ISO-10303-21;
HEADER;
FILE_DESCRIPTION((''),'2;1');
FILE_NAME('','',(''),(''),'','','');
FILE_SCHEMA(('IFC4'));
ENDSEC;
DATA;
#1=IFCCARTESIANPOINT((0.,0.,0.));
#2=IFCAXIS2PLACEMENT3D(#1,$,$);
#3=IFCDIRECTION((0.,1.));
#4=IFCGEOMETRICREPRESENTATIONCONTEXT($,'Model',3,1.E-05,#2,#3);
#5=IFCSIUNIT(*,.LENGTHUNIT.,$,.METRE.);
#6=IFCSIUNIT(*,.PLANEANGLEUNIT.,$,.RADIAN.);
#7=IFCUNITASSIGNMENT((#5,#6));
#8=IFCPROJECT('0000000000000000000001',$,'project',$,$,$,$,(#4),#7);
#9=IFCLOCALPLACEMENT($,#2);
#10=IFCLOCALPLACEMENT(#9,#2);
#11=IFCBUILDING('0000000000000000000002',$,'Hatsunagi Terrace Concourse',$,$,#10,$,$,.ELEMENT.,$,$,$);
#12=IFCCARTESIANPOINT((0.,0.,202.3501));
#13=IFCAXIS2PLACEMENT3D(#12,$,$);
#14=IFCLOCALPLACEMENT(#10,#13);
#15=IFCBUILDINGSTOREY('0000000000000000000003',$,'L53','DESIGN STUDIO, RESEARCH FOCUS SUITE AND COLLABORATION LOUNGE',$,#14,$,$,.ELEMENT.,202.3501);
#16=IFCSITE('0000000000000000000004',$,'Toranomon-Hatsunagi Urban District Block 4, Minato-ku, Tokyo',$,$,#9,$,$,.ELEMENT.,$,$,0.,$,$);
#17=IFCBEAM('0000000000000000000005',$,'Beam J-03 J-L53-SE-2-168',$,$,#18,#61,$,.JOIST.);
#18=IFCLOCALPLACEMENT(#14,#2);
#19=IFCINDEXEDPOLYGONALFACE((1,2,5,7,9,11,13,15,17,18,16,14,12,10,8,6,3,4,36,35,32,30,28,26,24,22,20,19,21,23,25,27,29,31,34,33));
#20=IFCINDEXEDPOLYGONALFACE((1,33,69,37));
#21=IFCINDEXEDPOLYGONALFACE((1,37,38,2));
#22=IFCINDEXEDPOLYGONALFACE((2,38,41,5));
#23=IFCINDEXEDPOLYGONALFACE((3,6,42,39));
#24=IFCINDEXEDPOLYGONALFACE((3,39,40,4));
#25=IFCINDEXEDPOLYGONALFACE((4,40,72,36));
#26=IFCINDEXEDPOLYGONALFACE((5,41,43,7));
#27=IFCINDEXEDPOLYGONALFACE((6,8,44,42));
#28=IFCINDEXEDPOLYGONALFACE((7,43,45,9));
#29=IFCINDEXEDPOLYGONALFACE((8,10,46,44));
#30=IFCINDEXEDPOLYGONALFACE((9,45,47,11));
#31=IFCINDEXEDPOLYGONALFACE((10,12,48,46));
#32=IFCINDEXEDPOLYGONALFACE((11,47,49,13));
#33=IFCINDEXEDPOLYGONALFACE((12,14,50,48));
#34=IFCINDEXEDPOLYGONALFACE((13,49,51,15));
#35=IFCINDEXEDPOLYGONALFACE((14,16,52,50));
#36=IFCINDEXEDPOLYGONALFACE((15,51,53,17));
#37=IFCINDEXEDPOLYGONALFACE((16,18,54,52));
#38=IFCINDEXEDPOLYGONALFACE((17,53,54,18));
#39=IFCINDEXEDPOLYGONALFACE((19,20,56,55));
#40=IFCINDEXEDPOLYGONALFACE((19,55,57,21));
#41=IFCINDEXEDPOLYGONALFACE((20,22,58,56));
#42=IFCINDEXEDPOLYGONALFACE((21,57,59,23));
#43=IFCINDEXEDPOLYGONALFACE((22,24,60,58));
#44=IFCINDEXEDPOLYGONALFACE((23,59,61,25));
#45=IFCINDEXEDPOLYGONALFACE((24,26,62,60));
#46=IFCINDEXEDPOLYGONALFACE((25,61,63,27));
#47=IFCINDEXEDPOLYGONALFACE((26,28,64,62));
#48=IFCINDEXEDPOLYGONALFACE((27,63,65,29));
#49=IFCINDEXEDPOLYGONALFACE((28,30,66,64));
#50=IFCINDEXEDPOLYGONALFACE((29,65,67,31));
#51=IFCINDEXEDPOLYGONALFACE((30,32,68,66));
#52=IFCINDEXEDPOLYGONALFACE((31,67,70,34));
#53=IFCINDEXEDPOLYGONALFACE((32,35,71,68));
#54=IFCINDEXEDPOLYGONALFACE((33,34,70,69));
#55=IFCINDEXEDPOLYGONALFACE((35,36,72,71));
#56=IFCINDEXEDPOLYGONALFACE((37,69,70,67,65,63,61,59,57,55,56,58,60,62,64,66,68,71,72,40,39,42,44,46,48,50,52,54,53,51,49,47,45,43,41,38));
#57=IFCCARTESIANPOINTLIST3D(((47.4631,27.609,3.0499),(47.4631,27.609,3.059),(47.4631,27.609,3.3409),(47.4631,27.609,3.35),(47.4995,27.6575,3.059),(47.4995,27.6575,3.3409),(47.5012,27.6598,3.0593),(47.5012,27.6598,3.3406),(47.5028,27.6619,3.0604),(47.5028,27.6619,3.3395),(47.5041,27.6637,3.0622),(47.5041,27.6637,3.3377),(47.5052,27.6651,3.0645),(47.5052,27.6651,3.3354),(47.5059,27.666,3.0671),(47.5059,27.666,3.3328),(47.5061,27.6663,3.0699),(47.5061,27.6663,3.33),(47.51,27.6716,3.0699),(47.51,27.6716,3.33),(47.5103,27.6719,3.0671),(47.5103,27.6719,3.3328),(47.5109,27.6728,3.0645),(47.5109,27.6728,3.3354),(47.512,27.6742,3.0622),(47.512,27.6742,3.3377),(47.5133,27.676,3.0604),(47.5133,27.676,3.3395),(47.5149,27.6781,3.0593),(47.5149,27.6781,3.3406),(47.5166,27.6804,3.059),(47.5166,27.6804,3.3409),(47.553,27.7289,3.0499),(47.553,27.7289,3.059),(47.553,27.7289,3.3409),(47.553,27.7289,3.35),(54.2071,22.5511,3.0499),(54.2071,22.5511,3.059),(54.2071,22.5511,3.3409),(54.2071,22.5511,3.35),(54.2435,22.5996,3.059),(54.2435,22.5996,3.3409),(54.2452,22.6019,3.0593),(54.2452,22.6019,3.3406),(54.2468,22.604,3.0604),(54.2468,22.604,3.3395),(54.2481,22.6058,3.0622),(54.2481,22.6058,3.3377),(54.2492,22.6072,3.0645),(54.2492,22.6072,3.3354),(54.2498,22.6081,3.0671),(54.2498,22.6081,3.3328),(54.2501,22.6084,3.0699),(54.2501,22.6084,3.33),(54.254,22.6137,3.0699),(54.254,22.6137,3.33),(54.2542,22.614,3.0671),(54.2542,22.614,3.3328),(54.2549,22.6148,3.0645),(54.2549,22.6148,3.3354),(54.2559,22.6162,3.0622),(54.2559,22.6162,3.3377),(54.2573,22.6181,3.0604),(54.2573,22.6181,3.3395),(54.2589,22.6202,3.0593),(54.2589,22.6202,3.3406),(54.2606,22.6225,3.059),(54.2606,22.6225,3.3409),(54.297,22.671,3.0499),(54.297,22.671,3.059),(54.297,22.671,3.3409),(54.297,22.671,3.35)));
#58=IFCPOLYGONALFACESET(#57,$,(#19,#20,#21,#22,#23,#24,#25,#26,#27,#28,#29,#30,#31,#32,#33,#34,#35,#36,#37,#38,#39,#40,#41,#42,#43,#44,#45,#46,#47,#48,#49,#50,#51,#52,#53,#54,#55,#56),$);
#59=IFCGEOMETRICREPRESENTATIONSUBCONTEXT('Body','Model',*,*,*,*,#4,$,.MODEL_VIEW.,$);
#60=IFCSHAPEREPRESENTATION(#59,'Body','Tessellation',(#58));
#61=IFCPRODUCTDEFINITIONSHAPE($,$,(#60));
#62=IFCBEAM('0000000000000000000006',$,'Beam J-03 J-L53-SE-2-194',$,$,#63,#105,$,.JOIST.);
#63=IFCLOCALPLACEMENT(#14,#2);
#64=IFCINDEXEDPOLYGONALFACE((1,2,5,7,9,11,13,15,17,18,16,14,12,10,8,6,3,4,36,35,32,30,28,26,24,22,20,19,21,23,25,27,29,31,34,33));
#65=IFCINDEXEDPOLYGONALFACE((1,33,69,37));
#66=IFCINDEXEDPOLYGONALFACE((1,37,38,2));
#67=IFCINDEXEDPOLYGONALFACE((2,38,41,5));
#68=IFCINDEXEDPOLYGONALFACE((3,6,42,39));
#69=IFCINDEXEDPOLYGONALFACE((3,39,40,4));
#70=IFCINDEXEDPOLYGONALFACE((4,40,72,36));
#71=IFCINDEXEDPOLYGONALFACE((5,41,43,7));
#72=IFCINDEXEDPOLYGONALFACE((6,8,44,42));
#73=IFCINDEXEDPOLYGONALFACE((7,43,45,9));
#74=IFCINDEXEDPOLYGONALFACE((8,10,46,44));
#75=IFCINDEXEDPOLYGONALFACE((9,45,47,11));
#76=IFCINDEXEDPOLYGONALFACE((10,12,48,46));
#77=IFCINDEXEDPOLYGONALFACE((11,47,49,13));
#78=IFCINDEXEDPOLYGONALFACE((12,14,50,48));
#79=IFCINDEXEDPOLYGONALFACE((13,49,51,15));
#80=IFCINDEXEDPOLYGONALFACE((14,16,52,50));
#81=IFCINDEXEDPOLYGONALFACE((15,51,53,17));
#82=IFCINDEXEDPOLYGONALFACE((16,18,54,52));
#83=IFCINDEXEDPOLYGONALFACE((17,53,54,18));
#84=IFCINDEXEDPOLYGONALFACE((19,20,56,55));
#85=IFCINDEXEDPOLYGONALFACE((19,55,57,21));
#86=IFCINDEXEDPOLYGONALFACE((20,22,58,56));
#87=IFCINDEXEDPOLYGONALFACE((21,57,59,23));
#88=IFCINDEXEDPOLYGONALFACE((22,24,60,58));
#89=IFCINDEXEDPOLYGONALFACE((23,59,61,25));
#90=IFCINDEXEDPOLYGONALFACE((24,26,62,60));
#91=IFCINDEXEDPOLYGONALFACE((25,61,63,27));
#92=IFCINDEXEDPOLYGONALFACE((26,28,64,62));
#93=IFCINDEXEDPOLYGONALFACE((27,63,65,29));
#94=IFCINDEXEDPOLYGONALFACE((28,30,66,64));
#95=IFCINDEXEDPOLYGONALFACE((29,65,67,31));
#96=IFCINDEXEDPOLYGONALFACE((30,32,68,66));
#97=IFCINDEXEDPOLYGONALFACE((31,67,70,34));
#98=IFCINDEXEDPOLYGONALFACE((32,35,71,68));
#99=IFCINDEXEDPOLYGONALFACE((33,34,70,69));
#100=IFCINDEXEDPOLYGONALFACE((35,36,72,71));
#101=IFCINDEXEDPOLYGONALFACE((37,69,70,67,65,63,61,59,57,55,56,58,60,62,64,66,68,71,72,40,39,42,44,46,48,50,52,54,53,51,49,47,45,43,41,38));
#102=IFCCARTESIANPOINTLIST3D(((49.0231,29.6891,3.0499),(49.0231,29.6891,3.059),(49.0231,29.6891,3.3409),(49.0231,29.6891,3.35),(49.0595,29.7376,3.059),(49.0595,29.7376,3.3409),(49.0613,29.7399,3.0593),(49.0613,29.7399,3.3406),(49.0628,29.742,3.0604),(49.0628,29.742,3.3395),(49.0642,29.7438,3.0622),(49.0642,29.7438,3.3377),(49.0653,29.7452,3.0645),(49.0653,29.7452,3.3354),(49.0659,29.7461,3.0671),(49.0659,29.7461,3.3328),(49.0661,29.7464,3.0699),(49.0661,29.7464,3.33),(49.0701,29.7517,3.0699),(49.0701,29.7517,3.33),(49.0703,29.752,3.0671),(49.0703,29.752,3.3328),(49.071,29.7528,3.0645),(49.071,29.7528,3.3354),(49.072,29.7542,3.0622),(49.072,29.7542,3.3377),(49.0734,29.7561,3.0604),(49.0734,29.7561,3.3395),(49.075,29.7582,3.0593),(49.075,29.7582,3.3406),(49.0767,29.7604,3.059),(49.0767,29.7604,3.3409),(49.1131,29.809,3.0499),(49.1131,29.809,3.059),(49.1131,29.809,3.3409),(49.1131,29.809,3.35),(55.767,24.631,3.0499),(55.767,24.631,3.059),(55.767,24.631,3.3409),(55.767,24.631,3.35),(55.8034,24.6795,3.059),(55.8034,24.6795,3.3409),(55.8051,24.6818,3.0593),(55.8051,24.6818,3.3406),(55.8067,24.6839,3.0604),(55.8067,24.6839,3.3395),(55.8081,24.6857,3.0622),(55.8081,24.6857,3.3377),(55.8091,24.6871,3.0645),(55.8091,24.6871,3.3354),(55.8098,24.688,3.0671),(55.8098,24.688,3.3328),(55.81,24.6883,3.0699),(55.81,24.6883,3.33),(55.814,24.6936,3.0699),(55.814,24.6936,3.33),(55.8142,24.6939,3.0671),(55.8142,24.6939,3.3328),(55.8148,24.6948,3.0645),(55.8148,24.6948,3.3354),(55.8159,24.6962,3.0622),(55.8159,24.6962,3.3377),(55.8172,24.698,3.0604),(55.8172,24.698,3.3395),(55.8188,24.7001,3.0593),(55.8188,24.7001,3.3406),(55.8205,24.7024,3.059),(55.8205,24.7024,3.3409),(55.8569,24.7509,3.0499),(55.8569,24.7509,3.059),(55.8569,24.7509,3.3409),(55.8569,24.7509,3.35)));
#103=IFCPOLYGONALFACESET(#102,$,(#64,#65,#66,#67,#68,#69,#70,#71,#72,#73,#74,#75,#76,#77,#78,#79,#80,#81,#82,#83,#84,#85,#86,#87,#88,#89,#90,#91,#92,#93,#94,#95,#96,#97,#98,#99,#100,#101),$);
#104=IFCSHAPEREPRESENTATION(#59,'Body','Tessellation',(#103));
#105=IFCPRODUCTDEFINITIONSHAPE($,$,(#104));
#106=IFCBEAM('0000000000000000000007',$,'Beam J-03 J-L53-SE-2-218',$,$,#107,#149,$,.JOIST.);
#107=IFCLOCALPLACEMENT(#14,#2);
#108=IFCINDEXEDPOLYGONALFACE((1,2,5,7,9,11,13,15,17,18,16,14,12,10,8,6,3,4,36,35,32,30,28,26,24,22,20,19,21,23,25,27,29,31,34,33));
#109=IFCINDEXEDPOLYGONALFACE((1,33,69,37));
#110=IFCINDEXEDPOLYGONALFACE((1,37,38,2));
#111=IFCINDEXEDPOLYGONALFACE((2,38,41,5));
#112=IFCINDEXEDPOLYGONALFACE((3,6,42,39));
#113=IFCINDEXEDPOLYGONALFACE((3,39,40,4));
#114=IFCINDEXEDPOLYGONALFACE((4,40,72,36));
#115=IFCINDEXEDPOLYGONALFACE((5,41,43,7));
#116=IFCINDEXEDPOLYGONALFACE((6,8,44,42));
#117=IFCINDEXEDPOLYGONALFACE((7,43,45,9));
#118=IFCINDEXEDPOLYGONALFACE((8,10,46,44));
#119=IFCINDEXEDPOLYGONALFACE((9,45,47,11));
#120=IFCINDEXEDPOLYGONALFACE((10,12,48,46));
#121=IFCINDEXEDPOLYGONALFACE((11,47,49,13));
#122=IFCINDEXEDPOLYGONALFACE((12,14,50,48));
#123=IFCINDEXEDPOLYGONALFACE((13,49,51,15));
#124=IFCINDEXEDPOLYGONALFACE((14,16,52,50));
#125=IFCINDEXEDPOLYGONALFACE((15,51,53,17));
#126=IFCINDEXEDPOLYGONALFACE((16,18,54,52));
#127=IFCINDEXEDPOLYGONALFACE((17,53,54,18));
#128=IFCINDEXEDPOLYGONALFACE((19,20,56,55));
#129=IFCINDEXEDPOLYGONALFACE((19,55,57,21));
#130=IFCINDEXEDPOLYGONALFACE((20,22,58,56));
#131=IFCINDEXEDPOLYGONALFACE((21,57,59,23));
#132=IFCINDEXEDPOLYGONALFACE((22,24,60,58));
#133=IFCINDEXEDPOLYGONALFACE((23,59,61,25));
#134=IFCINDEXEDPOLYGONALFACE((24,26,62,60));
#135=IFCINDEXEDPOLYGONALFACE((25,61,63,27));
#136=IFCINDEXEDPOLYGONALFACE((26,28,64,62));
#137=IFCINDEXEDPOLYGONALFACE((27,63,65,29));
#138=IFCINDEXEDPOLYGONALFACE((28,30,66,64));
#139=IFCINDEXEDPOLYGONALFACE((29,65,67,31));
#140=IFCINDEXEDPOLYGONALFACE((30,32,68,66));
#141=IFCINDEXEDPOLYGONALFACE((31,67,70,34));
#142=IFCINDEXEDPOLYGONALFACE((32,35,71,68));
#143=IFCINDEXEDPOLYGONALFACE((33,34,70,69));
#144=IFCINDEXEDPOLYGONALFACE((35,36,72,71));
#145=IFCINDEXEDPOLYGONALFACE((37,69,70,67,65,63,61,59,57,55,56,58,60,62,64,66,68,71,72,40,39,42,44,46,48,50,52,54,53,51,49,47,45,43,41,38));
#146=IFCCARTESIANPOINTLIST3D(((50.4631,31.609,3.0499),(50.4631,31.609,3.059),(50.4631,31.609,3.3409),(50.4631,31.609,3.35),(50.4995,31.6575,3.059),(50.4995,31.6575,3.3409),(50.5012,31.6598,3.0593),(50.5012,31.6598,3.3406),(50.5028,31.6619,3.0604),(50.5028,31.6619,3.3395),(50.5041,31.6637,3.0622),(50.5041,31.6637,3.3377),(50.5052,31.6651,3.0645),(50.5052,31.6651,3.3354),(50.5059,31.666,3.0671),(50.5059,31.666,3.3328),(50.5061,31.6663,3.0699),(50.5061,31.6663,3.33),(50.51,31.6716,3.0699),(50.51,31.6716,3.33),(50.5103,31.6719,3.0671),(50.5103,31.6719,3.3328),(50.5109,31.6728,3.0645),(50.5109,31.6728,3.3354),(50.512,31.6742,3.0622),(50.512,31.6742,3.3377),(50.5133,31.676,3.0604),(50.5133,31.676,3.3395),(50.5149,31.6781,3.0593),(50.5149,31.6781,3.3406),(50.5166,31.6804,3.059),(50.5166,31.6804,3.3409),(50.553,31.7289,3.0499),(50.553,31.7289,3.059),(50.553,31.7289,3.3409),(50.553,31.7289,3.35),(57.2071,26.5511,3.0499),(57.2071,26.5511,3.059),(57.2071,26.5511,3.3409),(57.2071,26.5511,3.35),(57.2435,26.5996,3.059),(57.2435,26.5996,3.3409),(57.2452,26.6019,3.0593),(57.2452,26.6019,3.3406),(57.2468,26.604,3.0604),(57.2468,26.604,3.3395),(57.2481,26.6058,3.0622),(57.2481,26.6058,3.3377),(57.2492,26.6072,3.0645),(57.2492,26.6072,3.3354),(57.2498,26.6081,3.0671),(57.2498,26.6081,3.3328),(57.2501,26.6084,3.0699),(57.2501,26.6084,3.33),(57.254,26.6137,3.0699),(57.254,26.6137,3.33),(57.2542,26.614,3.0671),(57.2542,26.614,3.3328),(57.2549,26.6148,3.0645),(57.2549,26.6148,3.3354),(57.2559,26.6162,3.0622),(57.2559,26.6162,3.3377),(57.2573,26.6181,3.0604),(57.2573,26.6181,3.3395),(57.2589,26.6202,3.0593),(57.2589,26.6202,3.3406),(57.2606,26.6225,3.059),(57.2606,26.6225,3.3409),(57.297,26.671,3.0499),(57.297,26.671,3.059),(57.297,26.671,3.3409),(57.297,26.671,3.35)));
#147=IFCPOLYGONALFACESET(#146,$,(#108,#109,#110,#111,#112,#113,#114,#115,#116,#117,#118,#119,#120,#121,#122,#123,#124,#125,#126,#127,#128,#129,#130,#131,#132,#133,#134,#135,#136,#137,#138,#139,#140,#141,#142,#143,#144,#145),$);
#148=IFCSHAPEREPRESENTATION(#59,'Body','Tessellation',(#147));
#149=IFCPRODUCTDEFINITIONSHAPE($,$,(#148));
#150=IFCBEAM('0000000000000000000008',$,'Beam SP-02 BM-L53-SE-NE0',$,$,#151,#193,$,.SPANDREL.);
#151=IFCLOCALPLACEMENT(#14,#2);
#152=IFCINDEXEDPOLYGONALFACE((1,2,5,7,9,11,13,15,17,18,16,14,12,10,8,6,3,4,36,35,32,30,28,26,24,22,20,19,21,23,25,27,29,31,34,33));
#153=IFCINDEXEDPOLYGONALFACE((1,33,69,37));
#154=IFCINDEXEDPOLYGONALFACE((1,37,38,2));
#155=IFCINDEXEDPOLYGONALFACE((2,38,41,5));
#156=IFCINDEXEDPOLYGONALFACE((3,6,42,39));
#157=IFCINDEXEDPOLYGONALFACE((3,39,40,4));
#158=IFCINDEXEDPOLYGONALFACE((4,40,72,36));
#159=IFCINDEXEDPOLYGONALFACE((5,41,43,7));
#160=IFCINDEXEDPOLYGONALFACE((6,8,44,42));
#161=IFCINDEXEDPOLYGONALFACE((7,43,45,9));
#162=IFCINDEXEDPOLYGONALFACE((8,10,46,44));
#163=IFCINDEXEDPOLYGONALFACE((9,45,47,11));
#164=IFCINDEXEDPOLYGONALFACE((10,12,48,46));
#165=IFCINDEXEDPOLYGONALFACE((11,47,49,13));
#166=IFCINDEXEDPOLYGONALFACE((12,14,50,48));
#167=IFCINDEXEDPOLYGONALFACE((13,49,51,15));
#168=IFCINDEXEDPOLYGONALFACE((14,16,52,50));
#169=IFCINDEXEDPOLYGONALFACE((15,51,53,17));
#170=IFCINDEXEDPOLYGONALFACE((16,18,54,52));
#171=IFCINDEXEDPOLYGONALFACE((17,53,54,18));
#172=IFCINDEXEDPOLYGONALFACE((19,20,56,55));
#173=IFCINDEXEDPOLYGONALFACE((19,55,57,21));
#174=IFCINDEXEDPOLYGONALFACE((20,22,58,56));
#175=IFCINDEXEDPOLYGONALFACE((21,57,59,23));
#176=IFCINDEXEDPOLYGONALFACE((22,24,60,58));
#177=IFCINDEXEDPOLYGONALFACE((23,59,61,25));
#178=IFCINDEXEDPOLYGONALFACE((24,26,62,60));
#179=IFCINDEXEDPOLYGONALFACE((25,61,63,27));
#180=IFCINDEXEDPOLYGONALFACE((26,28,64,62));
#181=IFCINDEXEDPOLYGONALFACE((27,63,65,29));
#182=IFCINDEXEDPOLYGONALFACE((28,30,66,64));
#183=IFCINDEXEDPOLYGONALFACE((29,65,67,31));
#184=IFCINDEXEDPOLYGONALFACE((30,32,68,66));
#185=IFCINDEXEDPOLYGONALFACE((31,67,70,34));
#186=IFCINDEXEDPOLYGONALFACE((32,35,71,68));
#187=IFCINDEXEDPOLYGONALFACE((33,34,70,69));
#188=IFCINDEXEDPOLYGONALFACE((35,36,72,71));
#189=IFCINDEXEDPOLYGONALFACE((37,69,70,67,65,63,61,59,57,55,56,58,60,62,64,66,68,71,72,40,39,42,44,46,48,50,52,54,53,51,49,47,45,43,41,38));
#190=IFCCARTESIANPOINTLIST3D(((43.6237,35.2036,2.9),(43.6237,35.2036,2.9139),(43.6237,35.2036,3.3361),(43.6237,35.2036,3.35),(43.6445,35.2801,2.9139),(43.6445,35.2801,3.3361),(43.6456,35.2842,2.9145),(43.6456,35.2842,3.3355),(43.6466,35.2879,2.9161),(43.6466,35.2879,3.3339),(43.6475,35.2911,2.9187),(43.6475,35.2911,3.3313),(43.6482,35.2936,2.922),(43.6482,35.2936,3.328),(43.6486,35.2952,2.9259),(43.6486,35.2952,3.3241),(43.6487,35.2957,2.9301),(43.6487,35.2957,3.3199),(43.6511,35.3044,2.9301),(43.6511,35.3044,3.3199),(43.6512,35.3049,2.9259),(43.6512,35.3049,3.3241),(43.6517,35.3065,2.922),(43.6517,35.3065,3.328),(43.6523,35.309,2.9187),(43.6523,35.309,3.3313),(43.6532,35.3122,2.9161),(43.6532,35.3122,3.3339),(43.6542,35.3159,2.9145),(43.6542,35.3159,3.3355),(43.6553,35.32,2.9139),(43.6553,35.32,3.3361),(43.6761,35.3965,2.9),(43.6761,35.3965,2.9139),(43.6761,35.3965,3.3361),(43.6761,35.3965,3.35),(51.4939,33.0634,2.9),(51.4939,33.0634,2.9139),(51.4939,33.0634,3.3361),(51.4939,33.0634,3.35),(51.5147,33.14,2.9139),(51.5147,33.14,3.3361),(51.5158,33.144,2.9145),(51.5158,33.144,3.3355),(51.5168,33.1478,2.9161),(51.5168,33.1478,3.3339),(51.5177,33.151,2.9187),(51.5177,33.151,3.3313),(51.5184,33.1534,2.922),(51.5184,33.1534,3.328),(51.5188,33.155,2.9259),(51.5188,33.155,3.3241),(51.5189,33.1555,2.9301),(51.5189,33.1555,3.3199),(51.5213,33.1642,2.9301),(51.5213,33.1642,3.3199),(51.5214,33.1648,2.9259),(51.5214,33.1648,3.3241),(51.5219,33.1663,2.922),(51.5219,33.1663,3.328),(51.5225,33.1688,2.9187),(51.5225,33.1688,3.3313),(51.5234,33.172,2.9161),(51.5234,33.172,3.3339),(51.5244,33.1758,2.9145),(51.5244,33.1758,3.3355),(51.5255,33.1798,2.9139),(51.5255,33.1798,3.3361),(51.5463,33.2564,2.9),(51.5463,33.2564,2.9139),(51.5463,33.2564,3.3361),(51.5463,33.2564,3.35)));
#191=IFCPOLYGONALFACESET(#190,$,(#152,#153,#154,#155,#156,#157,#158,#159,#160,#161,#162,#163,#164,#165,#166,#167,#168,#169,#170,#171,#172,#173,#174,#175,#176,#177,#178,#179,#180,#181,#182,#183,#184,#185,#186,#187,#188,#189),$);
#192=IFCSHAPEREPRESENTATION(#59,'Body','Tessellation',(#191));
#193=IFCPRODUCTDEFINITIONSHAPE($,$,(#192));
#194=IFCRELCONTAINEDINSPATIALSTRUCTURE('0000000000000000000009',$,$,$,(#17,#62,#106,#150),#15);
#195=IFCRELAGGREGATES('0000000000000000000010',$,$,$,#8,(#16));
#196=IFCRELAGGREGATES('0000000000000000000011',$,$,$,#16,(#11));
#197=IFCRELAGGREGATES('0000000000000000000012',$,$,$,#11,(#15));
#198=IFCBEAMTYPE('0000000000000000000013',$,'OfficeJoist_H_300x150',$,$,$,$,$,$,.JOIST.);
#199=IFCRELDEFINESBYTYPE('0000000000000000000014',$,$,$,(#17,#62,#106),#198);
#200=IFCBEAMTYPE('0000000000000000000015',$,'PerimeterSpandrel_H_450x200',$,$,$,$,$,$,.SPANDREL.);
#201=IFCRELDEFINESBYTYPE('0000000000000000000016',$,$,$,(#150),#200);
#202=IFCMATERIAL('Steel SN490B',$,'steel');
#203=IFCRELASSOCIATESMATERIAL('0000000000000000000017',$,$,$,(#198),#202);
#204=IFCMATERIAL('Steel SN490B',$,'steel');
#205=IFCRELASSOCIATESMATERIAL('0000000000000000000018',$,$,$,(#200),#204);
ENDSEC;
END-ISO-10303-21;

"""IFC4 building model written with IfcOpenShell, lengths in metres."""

from ifc_helpers import new_model, si_unit, direction, frame, origin, origin_2d, place, context, subcontext, project, spatial, i_section, extrude, material, material_profile, profile_set, type_object, element, save


model = new_model("IFC4")

# Units and contexts
model_context = context("Model", 3, precision=1e-05, world=origin(), true_north=direction((0.0, 1.0)))
body_context = subcontext(model_context, "Body", "Model", "MODEL_VIEW")
ifc_project = project(units=[si_unit("LENGTHUNIT", "METRE"), si_unit("PLANEANGLEUNIT", "RADIAN")], contexts=[model_context])

# Site, building, storey
site_placement = place(None, origin())
site = spatial("IfcSite", under=ifc_project, at=site_placement, Name="Toranomon-Hatsunagi Urban District Block 4, Minato-ku, Tokyo", CompositionType="ELEMENT", RefElevation=0.0)
building_placement = place(site_placement, origin())
building = spatial("IfcBuilding", under=site, at=building_placement, Name="Hatsunagi Terrace Concourse", CompositionType="ELEMENT")
storey_placement = place(building_placement, frame((0.0, 0.0, 202.3501)))
storey = spatial("IfcBuildingStorey", under=building, at=storey_placement, Name="L53", Description="DESIGN STUDIO, RESEARCH FOCUS SUITE AND COLLABORATION LOUNGE", CompositionType="ELEMENT", Elevation=202.3501)

# Beams
ifc_material_1 = material(Name="Steel SN490B", Category="steel")
ifc_material_profile_1 = material_profile(ifc_material_1, i_section(OverallWidth=0.1499, OverallDepth=0.3, WebThickness=0.0066, FlangeThickness=0.009, FilletRadius=0.011, at=origin_2d()), Name="H-300x150x6.5x9")
ifc_profile_set_1 = profile_set([ifc_material_profile_1], Name="Steel SN490B")
beam_type_1 = type_object("IfcBeamType", Name="OfficeJoist_H_300x150", PredefinedType="JOIST", material=ifc_profile_set_1)
for number, where, z_axis, x_axis, name in (
    (1, (47.5081, 27.6689, 3.2), (0.800003, -0.599995, 0.0), (0.599995, 0.800003, 0.0), "Beam J-03 J-L53-SE-2-168"),
    (2, (49.0681, 29.749, 3.2), (0.79999, -0.600014, 0.0), (0.600014, 0.79999, 0.0), "Beam J-03 J-L53-SE-2-194"),
    (3, (50.5081, 31.6689, 3.2), (0.800003, -0.599995, 0.0), (0.599995, 0.800003, 0.0), "Beam J-03 J-L53-SE-2-218"),
):
    element("IfcBeam", number, at=place(storey_placement, frame(where, z_axis=z_axis, x_axis=x_axis)), inside=storey, type_object=beam_type_1, Name=name, PredefinedType="JOIST", context=body_context, shape_type="SweptSolid", body=[
        extrude(i_section(OverallWidth=0.1499, OverallDepth=0.3, WebThickness=0.0066, FlangeThickness=0.009, FilletRadius=0.011, at=origin_2d()), origin(), (0.0, 0.0, 1.0), 8.4299),
    ])
ifc_material_2 = material(Name="Steel SN490B", Category="steel")
ifc_material_profile_2 = material_profile(ifc_material_2, i_section(OverallWidth=0.2, OverallDepth=0.45, WebThickness=0.009, FlangeThickness=0.0139, FilletRadius=0.0161, at=origin_2d()), Name="H-450x200x9x14")
ifc_profile_set_2 = profile_set([ifc_material_profile_2], Name="Steel SN490B")
beam_type_2 = type_object("IfcBeamType", Name="PerimeterSpandrel_H_450x200", PredefinedType="SPANDREL", material=ifc_profile_set_2)
beam_1_placement = place(storey_placement, frame((43.6499, 35.3, 3.125), z_axis=(0.964958, -0.262403, 0.0), x_axis=(0.262403, 0.964958, 0.0)))
element("IfcBeam", 4, at=beam_1_placement, inside=storey, type_object=beam_type_2, Name="Beam SP-02 BM-L53-SE-NE0", PredefinedType="SPANDREL", context=body_context, shape_type="SweptSolid", body=[
    extrude(i_section(OverallWidth=0.2, OverallDepth=0.45, WebThickness=0.009, FlangeThickness=0.0139, FilletRadius=0.0161, at=origin_2d()), origin(), (0.0, 0.0, 1.0), 8.156),
])

save(model, "model.ifc")
